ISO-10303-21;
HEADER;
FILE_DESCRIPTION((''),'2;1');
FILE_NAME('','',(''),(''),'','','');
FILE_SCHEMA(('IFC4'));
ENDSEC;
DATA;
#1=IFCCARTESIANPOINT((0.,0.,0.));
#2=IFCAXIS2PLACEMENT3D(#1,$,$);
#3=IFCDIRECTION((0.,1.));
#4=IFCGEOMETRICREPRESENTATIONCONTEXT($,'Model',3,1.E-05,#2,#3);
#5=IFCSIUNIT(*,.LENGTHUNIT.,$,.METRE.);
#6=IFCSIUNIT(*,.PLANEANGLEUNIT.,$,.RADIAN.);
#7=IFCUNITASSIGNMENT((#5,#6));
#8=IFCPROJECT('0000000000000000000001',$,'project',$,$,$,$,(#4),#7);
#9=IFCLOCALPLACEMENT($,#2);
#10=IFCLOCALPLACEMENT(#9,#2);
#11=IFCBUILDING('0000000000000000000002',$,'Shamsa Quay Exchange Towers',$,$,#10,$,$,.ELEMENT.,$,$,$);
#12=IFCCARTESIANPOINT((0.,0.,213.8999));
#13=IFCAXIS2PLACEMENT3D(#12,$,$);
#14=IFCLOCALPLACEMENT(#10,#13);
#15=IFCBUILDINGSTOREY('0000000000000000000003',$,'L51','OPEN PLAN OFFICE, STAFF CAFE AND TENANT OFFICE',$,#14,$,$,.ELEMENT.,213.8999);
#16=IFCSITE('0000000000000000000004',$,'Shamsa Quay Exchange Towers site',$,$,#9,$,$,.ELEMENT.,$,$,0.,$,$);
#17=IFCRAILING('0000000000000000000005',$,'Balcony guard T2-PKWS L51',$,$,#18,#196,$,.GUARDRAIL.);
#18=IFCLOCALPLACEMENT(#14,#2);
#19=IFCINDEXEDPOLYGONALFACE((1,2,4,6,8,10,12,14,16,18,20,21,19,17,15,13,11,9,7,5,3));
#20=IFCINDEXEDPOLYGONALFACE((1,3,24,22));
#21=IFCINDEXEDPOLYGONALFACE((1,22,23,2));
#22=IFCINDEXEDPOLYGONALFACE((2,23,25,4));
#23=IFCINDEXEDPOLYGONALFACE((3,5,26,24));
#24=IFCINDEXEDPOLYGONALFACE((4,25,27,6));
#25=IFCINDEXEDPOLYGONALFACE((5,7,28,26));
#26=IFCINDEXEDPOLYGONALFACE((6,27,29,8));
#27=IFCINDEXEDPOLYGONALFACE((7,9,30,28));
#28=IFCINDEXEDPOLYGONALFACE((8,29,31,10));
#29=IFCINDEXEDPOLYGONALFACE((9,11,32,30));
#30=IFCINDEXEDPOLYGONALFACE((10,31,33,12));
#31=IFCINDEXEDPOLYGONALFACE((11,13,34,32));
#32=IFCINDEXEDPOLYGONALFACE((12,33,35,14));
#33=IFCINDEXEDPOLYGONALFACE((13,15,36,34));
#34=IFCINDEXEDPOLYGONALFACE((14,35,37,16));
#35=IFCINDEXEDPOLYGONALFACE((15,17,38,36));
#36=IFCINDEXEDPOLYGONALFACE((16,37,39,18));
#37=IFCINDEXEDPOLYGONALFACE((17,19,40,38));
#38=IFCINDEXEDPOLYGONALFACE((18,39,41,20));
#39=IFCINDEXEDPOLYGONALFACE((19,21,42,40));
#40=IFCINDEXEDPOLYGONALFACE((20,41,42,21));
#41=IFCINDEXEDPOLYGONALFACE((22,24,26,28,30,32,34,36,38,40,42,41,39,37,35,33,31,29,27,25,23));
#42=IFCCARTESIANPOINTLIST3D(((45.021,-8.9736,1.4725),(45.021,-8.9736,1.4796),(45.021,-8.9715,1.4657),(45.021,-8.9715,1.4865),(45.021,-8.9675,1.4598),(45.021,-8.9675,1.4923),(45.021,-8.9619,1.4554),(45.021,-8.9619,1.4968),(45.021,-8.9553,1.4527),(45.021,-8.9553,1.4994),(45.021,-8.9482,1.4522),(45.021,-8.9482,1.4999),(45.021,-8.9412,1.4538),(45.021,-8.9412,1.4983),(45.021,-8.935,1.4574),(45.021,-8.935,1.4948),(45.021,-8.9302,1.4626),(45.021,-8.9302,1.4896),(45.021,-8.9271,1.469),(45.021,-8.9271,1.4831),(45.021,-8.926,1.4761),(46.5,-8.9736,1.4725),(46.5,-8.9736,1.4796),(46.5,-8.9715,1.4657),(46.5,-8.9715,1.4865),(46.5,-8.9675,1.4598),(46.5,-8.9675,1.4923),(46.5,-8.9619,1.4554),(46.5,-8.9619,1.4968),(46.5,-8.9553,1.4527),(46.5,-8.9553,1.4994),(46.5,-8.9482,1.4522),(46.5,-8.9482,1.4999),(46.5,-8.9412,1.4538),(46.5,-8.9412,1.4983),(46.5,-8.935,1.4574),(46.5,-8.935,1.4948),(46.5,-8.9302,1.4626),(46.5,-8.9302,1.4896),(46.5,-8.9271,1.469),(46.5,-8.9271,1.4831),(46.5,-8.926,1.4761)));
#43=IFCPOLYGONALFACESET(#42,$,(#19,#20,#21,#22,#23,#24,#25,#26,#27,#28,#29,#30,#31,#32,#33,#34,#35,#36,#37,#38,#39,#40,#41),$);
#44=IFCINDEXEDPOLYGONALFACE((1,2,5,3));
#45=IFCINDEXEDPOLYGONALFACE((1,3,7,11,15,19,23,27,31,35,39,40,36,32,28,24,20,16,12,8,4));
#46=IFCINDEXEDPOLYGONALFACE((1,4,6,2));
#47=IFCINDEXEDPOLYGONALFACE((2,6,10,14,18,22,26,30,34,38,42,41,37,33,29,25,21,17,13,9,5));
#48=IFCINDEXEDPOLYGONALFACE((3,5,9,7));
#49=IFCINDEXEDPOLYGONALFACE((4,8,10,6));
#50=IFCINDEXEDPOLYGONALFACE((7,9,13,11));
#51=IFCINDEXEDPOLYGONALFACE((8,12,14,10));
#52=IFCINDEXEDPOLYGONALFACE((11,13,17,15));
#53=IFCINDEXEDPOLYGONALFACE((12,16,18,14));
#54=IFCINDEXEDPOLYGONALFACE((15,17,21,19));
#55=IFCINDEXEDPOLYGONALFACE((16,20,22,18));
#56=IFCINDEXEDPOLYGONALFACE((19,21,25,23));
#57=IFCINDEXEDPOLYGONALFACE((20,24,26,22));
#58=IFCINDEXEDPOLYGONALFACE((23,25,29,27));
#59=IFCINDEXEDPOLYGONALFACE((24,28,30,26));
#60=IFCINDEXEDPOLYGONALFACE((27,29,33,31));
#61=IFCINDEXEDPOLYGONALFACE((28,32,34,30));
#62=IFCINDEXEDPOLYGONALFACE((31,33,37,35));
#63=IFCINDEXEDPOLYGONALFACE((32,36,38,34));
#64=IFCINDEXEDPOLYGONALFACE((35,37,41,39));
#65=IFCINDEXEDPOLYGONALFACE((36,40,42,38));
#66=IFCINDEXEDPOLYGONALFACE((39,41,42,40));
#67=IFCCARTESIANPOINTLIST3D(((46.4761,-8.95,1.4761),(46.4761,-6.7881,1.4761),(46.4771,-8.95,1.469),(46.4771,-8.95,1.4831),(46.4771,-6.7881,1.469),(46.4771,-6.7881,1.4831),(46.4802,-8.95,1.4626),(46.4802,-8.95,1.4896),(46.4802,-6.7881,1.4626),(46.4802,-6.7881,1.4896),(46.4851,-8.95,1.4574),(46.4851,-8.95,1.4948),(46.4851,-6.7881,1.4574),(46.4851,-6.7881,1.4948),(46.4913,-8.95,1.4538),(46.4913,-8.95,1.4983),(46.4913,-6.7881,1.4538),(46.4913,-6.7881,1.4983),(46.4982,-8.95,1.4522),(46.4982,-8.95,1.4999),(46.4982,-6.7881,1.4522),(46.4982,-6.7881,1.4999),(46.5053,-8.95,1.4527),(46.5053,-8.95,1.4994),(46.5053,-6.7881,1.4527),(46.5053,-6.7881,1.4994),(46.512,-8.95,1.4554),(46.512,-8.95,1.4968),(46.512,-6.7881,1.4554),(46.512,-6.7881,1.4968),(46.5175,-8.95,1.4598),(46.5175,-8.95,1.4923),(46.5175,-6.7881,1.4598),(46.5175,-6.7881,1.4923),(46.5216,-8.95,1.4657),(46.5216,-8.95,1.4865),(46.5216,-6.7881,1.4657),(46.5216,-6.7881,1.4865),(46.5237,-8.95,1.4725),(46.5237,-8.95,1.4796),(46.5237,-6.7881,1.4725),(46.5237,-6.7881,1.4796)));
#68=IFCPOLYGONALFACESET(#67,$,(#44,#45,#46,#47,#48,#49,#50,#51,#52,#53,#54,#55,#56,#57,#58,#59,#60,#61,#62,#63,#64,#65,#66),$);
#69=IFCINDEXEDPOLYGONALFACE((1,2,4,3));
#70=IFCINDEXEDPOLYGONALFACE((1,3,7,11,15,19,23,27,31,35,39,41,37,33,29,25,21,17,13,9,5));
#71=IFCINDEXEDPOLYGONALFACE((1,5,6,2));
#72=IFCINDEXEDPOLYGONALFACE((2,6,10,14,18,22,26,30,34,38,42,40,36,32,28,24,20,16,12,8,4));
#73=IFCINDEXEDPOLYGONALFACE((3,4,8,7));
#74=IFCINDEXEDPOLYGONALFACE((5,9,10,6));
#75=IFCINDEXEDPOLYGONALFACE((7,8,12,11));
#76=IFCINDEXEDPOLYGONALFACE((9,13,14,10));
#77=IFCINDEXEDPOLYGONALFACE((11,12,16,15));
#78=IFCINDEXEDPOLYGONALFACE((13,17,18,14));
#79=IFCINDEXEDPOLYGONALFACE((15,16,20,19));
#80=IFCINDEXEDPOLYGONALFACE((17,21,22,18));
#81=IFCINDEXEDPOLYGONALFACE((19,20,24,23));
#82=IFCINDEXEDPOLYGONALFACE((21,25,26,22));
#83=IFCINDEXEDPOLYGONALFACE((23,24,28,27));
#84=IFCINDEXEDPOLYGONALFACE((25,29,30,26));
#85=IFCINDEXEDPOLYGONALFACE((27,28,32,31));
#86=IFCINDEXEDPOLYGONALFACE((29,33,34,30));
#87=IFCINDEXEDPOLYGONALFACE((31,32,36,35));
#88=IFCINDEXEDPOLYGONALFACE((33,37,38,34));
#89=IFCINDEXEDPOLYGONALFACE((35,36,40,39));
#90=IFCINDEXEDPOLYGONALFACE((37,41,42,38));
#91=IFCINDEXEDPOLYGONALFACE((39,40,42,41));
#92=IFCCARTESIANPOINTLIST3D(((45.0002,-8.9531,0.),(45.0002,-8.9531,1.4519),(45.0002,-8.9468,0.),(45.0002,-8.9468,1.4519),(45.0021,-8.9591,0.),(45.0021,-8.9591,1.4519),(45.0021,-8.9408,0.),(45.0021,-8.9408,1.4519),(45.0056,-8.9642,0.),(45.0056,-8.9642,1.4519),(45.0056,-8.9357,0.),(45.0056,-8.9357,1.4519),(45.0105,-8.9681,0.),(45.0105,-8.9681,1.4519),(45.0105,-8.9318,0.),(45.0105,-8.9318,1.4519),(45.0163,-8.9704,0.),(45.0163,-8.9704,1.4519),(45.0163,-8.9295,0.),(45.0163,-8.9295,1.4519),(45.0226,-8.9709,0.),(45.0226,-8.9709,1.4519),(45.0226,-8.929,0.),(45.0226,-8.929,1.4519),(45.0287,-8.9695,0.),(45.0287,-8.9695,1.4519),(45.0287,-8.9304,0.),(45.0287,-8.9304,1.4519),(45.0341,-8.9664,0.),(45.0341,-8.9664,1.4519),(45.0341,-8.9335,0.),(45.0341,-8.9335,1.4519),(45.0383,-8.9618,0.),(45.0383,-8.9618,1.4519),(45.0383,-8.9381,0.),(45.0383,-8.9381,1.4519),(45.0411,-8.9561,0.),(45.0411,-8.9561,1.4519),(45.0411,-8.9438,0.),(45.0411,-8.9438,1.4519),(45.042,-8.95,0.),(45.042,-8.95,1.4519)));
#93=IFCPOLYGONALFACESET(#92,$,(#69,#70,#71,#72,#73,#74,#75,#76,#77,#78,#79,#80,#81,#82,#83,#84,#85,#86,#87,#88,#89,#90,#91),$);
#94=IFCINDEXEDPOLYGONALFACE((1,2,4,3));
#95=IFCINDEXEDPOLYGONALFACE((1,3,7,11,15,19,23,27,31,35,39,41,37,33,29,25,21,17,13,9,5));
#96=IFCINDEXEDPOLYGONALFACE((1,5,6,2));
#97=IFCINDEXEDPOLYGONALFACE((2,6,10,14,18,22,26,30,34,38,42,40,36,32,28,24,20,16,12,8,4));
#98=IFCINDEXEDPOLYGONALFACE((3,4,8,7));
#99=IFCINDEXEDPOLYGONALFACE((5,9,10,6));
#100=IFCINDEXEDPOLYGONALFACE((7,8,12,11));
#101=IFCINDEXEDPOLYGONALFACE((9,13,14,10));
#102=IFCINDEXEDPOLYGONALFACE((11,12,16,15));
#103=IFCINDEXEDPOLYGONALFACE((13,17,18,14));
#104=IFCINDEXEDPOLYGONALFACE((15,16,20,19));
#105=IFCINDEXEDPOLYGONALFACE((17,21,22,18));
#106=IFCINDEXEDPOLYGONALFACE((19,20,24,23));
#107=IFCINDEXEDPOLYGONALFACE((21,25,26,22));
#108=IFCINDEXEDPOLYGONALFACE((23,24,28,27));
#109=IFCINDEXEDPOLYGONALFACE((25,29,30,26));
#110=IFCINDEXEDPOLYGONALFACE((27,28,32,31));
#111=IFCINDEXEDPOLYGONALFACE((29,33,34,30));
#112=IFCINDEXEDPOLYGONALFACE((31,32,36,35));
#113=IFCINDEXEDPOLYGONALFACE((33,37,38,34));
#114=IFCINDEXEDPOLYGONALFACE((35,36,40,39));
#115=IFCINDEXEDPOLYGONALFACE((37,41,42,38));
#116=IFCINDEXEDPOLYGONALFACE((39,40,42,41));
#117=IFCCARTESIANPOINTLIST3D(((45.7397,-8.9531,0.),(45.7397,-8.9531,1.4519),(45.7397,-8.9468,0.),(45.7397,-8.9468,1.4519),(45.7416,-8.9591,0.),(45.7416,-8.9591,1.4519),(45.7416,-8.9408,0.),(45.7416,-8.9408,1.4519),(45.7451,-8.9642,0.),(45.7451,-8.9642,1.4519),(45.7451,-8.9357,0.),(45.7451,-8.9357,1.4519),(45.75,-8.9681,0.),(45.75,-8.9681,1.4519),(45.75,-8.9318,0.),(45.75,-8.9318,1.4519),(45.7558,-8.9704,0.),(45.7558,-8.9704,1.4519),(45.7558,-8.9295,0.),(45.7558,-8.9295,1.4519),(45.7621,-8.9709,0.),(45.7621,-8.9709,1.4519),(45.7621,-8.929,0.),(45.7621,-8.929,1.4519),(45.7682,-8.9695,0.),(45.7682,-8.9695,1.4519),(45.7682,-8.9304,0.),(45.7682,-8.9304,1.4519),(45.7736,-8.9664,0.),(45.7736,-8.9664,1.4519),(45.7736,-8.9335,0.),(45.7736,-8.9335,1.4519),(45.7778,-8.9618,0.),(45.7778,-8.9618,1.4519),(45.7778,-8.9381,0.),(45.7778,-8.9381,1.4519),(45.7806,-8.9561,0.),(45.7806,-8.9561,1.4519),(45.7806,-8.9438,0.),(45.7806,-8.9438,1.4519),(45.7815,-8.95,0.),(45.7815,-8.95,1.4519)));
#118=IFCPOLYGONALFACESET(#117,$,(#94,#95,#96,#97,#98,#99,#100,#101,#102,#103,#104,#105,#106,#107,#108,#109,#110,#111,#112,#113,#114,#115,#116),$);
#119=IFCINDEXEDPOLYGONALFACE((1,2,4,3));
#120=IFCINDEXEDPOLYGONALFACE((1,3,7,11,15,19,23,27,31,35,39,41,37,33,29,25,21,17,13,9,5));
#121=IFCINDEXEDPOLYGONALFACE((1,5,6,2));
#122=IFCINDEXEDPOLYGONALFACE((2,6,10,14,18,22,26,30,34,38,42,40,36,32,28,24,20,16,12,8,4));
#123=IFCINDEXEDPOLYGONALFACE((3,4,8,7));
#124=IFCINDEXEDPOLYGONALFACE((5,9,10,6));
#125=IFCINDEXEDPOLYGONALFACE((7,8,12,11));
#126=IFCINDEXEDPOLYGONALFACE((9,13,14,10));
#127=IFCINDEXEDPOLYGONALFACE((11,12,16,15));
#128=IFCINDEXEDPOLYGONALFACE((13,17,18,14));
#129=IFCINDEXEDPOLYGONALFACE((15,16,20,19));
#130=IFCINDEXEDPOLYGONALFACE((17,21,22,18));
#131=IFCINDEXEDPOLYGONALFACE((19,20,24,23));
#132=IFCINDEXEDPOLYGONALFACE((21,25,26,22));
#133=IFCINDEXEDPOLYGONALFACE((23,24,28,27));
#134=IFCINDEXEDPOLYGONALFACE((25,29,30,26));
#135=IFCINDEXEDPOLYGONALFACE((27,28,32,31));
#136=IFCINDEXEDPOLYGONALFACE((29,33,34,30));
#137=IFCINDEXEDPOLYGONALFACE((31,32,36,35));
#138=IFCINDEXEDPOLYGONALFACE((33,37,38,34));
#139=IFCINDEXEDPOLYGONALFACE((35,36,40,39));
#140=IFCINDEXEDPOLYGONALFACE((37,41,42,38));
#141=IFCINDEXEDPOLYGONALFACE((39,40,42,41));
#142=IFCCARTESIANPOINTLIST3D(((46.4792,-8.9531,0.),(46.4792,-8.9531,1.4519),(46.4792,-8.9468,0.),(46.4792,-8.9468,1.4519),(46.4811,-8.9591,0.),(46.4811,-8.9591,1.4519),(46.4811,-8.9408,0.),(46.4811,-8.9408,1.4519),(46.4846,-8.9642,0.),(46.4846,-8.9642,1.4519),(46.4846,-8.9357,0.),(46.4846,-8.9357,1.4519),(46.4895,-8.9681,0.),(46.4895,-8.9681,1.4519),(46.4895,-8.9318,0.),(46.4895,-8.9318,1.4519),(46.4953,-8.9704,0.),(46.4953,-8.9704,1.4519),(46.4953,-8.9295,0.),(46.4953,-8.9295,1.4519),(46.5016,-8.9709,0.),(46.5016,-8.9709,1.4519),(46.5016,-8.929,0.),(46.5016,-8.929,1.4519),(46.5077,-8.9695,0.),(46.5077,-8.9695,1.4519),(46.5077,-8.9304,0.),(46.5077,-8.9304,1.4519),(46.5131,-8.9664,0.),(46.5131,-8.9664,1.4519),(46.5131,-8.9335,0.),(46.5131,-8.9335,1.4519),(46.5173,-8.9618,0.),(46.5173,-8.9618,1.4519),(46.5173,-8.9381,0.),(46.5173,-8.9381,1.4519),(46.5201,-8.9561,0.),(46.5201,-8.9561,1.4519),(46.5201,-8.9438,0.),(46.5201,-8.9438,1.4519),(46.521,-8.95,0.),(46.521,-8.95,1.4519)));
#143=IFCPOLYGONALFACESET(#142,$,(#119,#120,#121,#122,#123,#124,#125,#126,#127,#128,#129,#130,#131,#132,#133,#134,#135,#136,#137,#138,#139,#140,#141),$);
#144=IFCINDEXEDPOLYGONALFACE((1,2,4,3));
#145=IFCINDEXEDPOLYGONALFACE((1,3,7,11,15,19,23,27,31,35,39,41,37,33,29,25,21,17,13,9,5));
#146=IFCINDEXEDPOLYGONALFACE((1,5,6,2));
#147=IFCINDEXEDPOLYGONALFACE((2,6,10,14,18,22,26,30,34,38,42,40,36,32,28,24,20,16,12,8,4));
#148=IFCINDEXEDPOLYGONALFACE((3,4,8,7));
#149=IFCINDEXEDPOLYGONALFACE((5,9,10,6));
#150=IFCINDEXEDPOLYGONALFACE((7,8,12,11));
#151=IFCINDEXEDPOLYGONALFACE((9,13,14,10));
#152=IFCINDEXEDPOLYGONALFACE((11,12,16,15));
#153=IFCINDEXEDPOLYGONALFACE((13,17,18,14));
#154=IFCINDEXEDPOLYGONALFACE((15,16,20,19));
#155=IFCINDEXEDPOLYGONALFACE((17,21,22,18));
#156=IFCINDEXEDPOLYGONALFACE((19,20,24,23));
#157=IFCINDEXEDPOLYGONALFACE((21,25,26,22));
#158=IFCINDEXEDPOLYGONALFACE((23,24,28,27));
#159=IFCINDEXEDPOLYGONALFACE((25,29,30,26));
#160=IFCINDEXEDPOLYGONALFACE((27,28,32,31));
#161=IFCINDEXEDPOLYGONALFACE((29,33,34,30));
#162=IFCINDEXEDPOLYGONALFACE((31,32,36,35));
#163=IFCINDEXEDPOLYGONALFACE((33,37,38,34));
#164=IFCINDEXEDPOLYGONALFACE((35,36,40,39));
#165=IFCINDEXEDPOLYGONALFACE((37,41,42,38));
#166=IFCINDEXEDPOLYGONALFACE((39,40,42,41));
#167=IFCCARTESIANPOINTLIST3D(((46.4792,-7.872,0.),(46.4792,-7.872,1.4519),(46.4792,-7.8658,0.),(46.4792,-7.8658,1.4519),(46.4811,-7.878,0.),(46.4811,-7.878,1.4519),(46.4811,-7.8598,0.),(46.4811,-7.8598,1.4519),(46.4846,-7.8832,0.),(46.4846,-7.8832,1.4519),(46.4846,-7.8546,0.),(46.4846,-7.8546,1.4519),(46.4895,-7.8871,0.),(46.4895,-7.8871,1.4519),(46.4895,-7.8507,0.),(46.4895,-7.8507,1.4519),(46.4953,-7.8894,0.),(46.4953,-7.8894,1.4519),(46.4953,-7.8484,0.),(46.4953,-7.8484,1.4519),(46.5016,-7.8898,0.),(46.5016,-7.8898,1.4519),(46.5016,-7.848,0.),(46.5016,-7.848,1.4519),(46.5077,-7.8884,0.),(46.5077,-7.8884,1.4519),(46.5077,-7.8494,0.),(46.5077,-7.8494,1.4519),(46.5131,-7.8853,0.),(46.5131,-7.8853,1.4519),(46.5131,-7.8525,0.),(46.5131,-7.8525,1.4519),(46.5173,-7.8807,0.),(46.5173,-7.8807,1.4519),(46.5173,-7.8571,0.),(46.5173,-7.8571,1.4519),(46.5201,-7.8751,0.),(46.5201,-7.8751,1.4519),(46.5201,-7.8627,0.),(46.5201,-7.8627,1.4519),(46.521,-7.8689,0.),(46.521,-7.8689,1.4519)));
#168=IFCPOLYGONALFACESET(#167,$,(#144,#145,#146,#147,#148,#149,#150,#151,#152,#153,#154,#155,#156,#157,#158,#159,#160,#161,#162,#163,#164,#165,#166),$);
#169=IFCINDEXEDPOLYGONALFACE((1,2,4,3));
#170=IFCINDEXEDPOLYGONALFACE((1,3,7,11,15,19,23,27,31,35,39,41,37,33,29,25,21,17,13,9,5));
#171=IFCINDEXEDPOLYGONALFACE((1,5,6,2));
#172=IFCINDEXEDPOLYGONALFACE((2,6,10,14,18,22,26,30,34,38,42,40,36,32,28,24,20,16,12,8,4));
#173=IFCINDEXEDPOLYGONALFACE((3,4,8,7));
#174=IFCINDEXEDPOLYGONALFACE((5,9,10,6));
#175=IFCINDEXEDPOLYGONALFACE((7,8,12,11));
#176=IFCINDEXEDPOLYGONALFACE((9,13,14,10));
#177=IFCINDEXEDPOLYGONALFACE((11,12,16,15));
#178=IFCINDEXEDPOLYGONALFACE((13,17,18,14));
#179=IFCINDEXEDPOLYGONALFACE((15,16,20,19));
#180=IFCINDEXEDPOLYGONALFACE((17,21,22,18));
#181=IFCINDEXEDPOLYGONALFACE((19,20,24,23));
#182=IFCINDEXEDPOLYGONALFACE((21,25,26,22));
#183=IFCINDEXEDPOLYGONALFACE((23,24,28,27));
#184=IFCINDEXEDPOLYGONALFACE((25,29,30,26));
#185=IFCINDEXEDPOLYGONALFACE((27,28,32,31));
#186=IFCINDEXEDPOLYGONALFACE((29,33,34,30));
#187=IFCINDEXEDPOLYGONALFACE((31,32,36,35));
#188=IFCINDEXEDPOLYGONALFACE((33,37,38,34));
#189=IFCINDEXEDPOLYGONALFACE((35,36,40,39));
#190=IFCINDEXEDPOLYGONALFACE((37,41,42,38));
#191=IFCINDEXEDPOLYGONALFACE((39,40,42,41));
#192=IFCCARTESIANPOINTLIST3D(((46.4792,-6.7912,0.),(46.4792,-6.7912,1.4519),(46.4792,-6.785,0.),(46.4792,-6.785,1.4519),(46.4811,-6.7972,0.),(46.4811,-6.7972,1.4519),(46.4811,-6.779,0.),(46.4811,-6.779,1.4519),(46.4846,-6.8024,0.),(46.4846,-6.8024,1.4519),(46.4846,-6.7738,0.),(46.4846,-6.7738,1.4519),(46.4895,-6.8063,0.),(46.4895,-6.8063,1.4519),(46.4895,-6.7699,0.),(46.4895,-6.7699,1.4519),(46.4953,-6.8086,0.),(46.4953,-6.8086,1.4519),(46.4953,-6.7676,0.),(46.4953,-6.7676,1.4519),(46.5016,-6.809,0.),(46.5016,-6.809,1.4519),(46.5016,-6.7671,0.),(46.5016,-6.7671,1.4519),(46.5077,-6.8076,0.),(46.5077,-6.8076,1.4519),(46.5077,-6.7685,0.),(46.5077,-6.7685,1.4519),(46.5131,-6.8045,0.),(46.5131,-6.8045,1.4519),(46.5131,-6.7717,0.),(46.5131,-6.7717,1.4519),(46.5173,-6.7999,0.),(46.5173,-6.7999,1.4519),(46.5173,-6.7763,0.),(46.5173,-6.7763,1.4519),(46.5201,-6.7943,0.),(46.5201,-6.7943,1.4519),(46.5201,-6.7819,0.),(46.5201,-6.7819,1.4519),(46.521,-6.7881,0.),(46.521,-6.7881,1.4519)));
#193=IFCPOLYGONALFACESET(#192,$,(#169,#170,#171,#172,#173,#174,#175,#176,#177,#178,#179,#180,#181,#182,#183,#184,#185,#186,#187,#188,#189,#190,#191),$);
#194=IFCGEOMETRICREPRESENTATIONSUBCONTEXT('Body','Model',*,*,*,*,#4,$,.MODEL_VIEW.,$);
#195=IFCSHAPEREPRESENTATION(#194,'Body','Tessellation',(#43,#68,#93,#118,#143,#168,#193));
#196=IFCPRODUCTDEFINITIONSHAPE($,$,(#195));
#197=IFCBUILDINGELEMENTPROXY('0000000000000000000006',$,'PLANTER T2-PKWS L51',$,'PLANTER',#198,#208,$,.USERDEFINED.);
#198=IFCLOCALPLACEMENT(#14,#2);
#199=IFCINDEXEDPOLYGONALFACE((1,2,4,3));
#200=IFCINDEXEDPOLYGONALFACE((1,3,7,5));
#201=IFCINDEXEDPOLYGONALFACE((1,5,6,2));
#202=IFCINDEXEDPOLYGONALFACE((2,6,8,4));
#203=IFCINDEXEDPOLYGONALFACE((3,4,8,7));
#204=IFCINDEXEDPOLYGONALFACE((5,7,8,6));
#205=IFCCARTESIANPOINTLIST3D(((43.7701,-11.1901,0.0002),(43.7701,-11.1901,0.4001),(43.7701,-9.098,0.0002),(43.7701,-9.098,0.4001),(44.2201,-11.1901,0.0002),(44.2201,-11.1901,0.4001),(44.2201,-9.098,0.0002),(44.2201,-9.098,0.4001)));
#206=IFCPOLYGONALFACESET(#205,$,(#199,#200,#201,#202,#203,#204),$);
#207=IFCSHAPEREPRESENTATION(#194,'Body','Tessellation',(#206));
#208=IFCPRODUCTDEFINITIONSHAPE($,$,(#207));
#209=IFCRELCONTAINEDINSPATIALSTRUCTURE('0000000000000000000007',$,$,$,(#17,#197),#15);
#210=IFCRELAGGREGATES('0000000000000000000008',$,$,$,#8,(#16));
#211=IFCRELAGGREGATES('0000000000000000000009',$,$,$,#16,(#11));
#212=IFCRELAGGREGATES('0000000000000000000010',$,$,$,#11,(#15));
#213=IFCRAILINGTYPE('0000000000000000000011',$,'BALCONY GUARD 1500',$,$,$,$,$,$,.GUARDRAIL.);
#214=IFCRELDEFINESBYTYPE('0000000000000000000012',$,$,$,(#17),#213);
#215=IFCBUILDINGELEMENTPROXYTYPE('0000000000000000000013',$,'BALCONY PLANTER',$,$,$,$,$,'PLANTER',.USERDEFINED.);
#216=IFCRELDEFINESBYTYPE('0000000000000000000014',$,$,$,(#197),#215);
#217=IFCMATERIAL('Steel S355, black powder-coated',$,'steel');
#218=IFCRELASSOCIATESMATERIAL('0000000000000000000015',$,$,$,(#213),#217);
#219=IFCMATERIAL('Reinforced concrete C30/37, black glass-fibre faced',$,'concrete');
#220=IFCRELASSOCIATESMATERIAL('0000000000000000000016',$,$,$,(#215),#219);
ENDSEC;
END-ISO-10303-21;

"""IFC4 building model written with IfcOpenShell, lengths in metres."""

from ifc_helpers import new_model, si_unit, direction, frame, origin, origin_2d, place, context, subcontext, project, spatial, rectangle, circle, extrude, material, type_object, element, save


model = new_model("IFC4")

# Units and contexts
model_context = context("Model", 3, precision=1e-05, world=origin(), true_north=direction((0.0, 1.0)))
body_context = subcontext(model_context, "Body", "Model", "MODEL_VIEW")
ifc_project = project(units=[si_unit("LENGTHUNIT", "METRE"), si_unit("PLANEANGLEUNIT", "RADIAN")], contexts=[model_context])

# Site, building, storey
site_placement = place(None, origin())
site = spatial("IfcSite", under=ifc_project, at=site_placement, Name="Shamsa Quay Exchange Towers site", CompositionType="ELEMENT", RefElevation=0.0)
building_placement = place(site_placement, origin())
building = spatial("IfcBuilding", under=site, at=building_placement, Name="Shamsa Quay Exchange Towers", CompositionType="ELEMENT")
storey_placement = place(building_placement, frame((0.0, 0.0, 213.8999)))
storey = spatial("IfcBuildingStorey", under=building, at=storey_placement, Name="L51", Description="OPEN PLAN OFFICE, STAFF CAFE AND TENANT OFFICE", CompositionType="ELEMENT", Elevation=213.8999)

# Railing
ifc_material_1 = material(Name="Steel S355, black powder-coated", Category="steel")
railing_type = type_object("IfcRailingType", Name="BALCONY GUARD 1500", PredefinedType="GUARDRAIL", material=ifc_material_1)
for number, where, name in (
    (1, (45.021, -8.95, 0.0), "Balcony guard T2-PKWS L51"),
):
    element("IfcRailing", number, at=place(storey_placement, frame(where)), inside=storey, type_object=railing_type, Name=name, PredefinedType="GUARDRAIL", context=body_context, shape_type="SweptSolid", body=[
        extrude(circle(Radius=0.0239, at=origin_2d()), frame((0.0, 0.0, 1.4761), z_axis=(1.0, 0.0, 0.0), x_axis=(0.0, 1.0, 0.0)), (0.0, 0.0, 1.0), 1.479),
        extrude(circle(Radius=0.0239, at=origin_2d()), frame((1.479, 0.0, 1.4761), z_axis=(0.0, 1.0, 0.0), x_axis=(-1.0, 0.0, 0.0)), (0.0, 0.0, 1.0), 2.1619),
        extrude(circle(Radius=0.021, at=origin_2d()), origin(), (0.0, 0.0, 1.0), 1.4519),
        extrude(circle(Radius=0.021, at=origin_2d()), frame((0.7395, 0.0, 0.0)), (0.0, 0.0, 1.0), 1.4519),
        extrude(circle(Radius=0.021, at=origin_2d()), frame((1.479, 0.0, 0.0)), (0.0, 0.0, 1.0), 1.4519),
        extrude(circle(Radius=0.021, at=origin_2d()), frame((1.479, 1.0811, 0.0)), (0.0, 0.0, 1.0), 1.4519),
        extrude(circle(Radius=0.021, at=origin_2d()), frame((1.479, 2.1619, 0.0)), (0.0, 0.0, 1.0), 1.4519),
    ])

# Building element proxy
ifc_material_2 = material(Name="Reinforced concrete C30/37, black glass-fibre faced", Category="concrete")
building_element_proxy_type = type_object("IfcBuildingElementProxyType", Name="BALCONY PLANTER", ElementType="PLANTER", PredefinedType="USERDEFINED", material=ifc_material_2)
proxy_placement = place(storey_placement, frame((43.9951, -10.144, 0.0002), z_axis=(0.0, 0.0, 1.0), x_axis=(0.0, 1.0, 0.0)))
element("IfcBuildingElementProxy", 2, at=proxy_placement, inside=storey, type_object=building_element_proxy_type, Name="PLANTER T2-PKWS L51", ObjectType="PLANTER", PredefinedType="USERDEFINED", context=body_context, shape_type="SweptSolid", body=[
    extrude(rectangle(XDim=2.092, YDim=0.45, at=origin_2d()), origin(), (0.0, 0.0, 1.0), 0.3999),
])

save(model, "model.ifc")
